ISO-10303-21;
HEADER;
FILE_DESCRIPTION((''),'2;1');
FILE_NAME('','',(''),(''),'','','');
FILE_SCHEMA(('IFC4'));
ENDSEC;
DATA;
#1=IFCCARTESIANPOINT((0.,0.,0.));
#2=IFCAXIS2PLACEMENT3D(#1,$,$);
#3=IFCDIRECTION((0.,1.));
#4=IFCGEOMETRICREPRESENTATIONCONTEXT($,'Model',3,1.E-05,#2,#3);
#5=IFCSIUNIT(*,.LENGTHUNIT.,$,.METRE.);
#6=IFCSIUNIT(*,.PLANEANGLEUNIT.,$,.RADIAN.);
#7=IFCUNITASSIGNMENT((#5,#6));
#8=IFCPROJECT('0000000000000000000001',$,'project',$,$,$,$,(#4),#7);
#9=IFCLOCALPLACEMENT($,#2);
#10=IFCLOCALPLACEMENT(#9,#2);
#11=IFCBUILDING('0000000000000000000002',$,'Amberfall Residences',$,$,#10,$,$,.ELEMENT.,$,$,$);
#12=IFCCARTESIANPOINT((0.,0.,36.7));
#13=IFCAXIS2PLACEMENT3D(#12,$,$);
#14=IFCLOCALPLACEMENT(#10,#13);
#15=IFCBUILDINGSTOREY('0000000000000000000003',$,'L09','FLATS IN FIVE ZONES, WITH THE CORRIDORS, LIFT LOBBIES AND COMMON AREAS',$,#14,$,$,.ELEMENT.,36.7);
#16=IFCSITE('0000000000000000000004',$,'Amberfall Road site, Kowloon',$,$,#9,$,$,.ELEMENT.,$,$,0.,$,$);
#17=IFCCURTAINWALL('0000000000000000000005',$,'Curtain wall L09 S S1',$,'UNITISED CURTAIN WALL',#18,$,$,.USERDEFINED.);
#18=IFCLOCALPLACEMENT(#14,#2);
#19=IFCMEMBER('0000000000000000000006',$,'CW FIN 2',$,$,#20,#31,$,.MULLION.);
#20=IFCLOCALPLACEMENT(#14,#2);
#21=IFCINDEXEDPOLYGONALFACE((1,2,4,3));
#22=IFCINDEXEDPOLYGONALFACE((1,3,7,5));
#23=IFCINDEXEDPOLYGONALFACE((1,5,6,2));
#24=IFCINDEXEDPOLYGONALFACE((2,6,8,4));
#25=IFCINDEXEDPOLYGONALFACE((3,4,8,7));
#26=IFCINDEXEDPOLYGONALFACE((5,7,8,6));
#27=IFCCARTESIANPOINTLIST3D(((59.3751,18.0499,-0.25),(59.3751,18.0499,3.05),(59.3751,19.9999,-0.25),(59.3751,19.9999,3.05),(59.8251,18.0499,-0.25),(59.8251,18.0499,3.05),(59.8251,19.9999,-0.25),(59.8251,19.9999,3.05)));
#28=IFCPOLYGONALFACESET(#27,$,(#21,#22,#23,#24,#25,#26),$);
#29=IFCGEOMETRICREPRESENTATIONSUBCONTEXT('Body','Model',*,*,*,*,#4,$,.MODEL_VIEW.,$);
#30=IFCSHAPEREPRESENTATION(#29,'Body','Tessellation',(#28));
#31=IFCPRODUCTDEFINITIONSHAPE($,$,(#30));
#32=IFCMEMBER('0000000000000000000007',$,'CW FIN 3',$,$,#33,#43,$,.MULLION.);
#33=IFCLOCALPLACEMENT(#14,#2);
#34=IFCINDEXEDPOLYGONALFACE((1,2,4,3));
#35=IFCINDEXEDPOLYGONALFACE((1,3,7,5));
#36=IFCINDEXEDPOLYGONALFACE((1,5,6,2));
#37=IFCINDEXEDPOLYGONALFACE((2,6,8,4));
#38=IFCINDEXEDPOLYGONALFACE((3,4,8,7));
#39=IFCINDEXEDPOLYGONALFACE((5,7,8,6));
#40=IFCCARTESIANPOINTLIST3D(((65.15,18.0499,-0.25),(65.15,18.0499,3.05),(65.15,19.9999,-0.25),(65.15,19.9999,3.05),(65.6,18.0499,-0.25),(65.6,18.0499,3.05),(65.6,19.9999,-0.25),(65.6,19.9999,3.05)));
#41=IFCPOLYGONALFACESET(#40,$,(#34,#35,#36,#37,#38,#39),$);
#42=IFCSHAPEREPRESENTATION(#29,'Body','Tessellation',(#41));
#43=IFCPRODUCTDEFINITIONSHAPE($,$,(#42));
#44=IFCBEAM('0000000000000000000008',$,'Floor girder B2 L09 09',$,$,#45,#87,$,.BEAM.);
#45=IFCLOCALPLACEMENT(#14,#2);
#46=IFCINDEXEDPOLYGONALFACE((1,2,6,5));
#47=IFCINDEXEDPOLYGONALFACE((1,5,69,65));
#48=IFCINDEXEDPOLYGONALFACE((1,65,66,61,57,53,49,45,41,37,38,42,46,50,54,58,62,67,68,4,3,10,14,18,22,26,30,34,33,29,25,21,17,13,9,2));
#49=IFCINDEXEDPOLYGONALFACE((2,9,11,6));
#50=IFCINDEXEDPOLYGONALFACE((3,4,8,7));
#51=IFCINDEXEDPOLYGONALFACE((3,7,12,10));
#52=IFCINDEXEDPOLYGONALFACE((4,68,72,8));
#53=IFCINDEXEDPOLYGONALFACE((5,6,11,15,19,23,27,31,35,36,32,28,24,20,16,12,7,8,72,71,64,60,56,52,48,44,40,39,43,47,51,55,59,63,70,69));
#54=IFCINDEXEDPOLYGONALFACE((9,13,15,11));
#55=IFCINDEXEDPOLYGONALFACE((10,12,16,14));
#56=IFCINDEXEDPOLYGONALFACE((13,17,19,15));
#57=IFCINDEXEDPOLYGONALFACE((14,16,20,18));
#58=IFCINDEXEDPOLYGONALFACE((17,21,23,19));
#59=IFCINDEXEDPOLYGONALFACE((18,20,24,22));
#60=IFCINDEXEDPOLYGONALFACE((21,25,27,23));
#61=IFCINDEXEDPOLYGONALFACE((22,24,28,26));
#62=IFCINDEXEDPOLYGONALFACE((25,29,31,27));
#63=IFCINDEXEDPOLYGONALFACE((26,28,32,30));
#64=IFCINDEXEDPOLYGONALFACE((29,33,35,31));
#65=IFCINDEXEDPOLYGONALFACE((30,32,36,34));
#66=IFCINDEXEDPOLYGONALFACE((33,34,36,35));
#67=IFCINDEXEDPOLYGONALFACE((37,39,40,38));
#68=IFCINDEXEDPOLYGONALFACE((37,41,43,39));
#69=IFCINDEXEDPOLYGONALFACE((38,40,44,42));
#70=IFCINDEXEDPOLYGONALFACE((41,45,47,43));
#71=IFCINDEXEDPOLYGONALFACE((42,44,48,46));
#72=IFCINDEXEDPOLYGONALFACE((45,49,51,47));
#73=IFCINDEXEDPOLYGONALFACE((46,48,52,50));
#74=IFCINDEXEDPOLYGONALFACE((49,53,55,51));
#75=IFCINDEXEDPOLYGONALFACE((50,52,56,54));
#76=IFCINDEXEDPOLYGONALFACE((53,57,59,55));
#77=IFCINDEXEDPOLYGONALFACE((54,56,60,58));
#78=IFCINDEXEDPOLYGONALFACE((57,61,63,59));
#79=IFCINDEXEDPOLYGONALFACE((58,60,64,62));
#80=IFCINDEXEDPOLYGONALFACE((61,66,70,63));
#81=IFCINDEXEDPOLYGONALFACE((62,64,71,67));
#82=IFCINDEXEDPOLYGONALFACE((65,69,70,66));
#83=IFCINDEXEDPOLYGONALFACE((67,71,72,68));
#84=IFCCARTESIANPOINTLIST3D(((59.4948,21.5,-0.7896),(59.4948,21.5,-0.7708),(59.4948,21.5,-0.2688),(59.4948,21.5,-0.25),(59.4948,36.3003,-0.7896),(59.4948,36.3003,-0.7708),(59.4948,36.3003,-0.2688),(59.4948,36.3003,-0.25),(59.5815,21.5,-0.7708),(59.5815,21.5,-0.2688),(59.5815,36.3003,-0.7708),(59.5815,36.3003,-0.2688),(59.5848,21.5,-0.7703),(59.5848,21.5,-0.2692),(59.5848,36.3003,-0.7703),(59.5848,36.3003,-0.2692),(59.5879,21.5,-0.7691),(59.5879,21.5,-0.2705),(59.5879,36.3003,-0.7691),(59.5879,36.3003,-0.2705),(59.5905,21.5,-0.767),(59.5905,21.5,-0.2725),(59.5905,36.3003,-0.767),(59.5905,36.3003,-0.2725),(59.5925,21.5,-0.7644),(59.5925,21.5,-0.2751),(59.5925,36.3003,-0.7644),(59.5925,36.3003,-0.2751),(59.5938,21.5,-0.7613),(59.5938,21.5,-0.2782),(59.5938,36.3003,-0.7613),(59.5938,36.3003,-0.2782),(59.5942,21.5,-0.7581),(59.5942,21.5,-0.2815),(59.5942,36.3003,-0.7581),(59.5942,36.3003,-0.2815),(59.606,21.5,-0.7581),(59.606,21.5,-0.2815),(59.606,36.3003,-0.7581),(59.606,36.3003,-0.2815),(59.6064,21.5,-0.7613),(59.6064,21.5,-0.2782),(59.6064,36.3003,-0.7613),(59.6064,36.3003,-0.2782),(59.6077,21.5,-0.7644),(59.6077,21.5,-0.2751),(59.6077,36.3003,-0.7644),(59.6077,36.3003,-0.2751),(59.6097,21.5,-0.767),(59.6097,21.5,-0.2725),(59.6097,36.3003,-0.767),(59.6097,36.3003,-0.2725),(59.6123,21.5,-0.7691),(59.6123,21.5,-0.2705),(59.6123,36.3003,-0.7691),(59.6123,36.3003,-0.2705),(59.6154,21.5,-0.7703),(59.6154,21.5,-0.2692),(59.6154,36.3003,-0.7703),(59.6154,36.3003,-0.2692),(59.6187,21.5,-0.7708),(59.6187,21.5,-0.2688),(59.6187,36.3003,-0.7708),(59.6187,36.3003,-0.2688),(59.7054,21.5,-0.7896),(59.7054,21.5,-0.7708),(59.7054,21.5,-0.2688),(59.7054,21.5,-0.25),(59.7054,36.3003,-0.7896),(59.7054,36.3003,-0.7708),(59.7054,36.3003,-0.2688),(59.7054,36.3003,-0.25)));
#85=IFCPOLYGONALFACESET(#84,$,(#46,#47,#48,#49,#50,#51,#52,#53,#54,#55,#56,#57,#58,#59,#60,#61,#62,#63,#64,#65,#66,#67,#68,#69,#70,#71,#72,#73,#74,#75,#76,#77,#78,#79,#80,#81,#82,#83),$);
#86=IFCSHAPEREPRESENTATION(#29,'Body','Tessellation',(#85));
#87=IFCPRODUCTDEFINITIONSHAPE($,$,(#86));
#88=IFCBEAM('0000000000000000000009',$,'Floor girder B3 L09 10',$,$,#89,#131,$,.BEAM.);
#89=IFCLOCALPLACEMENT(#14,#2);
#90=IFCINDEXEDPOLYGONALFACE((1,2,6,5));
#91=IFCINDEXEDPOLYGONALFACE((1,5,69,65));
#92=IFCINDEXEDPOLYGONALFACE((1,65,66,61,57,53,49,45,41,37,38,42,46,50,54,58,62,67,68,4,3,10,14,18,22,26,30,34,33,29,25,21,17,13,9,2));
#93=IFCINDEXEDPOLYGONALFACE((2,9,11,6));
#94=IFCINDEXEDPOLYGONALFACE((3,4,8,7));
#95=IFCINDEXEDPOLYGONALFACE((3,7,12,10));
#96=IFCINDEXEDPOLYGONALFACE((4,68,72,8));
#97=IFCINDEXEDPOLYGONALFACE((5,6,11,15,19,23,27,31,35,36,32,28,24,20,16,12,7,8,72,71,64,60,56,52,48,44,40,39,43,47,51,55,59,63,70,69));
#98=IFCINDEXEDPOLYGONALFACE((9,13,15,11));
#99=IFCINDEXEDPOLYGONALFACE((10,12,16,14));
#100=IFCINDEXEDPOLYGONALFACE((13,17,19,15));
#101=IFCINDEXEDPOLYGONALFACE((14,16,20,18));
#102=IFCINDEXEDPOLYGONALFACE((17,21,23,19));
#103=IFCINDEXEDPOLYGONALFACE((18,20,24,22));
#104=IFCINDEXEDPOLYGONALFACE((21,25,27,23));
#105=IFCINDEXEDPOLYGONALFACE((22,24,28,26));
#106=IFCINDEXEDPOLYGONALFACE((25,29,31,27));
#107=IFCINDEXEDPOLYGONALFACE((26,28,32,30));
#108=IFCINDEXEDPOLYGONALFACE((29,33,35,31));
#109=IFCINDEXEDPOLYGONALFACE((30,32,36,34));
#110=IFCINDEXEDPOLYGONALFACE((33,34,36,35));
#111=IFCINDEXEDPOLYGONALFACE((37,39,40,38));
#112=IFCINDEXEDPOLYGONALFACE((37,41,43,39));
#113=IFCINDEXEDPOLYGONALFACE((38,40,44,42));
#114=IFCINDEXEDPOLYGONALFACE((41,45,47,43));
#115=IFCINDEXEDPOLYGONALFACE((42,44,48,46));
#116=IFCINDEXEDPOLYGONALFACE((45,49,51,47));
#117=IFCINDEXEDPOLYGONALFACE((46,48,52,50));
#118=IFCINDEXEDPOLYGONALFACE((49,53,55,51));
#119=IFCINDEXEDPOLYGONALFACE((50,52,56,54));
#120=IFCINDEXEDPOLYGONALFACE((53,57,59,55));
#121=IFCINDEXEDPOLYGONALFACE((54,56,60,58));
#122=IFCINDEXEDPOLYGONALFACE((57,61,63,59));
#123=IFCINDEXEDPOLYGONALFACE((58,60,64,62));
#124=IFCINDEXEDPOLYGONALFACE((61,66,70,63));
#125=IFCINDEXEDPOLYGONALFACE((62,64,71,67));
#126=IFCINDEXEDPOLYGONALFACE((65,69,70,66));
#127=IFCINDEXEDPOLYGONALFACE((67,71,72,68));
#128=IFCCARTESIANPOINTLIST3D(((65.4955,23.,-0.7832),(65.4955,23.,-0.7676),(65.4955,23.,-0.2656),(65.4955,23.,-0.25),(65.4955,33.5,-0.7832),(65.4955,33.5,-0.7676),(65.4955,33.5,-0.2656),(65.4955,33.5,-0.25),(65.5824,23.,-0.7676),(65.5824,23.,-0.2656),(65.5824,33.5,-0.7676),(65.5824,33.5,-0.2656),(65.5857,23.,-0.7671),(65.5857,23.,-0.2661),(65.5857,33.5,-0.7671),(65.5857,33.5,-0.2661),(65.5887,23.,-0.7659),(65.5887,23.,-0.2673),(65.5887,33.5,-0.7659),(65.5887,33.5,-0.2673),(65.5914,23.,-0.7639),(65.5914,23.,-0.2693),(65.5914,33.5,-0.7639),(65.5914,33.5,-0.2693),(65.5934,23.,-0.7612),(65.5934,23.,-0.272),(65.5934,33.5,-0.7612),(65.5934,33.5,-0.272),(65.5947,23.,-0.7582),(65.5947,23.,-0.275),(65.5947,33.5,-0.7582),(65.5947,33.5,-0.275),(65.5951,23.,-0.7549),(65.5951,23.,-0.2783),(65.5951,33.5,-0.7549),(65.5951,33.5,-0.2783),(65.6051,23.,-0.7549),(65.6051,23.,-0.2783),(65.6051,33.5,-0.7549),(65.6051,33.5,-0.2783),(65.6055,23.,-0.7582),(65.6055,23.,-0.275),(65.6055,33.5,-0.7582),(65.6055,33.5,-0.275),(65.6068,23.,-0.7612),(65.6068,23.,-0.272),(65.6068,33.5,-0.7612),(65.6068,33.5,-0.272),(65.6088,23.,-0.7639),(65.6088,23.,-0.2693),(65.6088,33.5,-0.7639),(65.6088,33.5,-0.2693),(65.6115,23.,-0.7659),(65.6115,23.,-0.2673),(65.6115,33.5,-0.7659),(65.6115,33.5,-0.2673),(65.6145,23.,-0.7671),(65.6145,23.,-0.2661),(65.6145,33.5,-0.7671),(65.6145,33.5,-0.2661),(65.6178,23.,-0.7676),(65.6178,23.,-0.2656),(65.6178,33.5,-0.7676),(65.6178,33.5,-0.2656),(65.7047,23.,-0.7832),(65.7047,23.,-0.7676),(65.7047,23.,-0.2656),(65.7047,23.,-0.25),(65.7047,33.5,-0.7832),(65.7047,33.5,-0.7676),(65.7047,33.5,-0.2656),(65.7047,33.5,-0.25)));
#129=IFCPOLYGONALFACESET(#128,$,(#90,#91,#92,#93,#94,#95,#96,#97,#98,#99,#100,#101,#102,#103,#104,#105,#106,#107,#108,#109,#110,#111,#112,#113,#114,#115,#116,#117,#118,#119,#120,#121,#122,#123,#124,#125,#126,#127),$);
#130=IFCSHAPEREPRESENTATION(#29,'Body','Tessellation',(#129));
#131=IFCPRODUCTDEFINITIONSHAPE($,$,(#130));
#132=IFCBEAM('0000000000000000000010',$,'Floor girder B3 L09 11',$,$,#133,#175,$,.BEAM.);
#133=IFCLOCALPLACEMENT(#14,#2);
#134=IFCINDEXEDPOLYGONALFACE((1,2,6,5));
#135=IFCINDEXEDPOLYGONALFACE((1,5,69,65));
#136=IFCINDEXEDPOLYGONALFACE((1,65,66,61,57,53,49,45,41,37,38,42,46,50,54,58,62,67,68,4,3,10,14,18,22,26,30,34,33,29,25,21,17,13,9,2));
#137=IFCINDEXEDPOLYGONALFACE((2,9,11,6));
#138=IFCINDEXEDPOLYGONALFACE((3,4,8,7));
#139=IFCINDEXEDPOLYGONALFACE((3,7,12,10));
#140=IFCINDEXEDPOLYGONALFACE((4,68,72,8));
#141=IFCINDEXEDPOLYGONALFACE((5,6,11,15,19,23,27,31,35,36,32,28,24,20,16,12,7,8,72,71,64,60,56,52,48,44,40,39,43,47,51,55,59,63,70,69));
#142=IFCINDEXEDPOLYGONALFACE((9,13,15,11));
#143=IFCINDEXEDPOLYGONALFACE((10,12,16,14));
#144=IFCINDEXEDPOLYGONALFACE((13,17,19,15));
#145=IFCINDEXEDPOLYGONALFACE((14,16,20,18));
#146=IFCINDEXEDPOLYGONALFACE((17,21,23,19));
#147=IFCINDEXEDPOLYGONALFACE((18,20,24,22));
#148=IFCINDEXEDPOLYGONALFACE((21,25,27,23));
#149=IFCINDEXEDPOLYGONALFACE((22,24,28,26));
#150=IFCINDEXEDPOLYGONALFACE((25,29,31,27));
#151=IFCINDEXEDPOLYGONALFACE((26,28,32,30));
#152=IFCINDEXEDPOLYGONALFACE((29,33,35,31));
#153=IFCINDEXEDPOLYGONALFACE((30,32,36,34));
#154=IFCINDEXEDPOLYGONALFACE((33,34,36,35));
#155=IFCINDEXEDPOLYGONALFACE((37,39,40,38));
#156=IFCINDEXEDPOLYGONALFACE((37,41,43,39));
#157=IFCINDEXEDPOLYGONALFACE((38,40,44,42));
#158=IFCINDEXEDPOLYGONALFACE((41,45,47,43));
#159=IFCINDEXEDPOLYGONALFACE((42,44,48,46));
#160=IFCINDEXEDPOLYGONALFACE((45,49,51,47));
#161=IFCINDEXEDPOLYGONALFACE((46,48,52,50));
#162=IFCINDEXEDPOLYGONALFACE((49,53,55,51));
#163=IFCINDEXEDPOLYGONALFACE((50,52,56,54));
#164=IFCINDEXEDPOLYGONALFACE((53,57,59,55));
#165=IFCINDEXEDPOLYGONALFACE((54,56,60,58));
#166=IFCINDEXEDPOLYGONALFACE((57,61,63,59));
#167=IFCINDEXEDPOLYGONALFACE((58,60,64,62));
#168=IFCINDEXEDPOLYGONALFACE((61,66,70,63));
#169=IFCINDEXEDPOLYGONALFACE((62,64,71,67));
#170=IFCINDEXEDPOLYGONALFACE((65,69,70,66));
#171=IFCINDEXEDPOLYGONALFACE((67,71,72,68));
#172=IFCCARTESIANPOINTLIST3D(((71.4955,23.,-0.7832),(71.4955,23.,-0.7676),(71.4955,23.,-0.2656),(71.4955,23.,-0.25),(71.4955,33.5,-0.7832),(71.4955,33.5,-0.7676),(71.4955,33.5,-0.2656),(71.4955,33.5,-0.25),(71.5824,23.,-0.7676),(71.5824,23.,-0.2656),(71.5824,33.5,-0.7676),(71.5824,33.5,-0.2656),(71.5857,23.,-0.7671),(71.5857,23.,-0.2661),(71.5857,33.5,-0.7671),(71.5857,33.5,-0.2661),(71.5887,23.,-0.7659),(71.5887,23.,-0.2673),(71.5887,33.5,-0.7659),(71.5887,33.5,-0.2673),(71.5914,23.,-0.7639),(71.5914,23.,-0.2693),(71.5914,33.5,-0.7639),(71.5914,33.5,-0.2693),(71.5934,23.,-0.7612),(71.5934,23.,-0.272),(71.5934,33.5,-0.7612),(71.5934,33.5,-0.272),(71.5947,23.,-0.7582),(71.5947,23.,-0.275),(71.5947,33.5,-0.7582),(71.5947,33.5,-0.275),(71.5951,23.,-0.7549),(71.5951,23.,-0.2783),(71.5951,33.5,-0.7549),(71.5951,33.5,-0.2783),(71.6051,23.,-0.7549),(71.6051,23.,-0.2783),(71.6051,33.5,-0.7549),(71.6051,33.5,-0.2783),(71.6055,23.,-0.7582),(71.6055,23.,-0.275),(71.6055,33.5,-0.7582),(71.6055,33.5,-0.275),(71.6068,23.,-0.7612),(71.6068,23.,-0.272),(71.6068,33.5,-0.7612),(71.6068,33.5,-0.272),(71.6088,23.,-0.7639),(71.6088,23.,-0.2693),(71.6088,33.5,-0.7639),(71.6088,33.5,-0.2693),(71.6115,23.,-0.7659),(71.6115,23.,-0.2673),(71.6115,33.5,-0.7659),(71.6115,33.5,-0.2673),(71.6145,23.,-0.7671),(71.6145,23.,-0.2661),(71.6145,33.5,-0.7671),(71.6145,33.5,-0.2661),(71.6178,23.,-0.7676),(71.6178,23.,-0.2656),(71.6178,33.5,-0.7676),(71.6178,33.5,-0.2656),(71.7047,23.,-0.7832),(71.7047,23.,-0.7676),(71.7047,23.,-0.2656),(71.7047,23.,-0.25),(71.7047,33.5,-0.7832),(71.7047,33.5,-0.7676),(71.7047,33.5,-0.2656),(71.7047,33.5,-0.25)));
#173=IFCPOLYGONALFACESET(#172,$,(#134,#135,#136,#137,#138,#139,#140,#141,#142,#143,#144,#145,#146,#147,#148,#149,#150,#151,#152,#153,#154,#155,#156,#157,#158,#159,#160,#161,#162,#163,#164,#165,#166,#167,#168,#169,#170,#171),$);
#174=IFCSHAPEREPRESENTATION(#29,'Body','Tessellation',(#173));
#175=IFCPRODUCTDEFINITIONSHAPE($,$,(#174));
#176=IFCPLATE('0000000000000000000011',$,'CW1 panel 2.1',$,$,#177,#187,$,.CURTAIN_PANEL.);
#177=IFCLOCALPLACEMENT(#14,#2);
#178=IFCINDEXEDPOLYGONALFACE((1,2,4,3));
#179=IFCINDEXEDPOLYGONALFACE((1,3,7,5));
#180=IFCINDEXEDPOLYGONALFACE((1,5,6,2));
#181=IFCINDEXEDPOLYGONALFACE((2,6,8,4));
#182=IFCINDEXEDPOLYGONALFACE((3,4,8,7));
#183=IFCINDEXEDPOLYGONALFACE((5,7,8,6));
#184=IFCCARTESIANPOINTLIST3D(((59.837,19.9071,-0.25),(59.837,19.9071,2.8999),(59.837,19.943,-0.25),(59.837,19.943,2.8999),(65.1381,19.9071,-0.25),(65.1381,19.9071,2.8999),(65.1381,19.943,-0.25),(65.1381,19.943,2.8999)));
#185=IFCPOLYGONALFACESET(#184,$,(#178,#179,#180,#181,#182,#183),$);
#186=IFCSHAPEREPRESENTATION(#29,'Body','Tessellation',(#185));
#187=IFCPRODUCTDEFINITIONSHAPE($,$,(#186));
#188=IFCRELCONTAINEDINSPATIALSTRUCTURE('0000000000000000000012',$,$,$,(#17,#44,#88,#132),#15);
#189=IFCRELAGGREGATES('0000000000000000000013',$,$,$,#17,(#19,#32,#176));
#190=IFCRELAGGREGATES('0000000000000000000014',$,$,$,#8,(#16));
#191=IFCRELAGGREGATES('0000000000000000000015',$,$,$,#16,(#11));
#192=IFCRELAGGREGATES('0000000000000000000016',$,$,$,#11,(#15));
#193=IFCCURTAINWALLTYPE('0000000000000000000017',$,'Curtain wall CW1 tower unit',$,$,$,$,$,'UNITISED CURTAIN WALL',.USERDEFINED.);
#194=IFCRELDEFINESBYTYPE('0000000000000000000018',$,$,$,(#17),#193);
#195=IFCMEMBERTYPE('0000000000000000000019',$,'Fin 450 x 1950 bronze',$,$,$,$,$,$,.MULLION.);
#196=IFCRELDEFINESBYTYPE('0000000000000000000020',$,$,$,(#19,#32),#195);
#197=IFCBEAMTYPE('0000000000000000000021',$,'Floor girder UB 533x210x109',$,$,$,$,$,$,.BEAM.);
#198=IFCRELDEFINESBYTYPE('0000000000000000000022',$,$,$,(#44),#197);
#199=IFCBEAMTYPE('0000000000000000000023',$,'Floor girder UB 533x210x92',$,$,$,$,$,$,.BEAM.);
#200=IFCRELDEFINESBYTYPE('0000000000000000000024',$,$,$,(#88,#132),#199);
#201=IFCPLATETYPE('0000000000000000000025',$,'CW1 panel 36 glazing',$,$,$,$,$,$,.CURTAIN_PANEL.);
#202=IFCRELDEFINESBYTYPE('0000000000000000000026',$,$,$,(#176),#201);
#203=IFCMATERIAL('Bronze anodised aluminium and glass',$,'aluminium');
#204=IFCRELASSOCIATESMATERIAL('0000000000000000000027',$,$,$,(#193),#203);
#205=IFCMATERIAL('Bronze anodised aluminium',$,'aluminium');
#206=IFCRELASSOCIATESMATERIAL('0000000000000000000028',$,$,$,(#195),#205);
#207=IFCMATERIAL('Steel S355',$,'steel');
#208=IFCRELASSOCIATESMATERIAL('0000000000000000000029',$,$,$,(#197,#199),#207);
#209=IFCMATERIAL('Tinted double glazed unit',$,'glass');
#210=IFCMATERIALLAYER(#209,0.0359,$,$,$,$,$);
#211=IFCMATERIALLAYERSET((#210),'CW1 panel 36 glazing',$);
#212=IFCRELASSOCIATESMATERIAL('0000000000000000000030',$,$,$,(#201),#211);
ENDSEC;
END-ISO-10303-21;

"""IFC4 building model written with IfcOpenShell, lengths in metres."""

from ifc_helpers import new_model, si_unit, direction, frame, origin, origin_2d, place, context, subcontext, project, spatial, rectangle, i_section, extrude, material, layer, layer_set, material_profile, profile_set, type_object, element, aggregate, save


model = new_model("IFC4")

# Units and contexts
model_context = context("Model", 3, precision=1e-05, world=origin(), true_north=direction((0.0, 1.0)))
body_context = subcontext(model_context, "Body", "Model", "MODEL_VIEW")
ifc_project = project(units=[si_unit("LENGTHUNIT", "METRE"), si_unit("PLANEANGLEUNIT", "RADIAN")], contexts=[model_context])

# Site, building, storey
site_placement = place(None, origin())
site = spatial("IfcSite", under=ifc_project, at=site_placement, Name="Amberfall Road site, Kowloon", CompositionType="ELEMENT", RefElevation=0.0)
building_placement = place(site_placement, origin())
building = spatial("IfcBuilding", under=site, at=building_placement, Name="Amberfall Residences", CompositionType="ELEMENT")
storey_placement = place(building_placement, frame((0.0, 0.0, 36.7)))
storey = spatial("IfcBuildingStorey", under=building, at=storey_placement, Name="L09", Description="FLATS IN FIVE ZONES, WITH THE CORRIDORS, LIFT LOBBIES AND COMMON AREAS", CompositionType="ELEMENT", Elevation=36.7)

# Curtain wall
ifc_material_1 = material(Name="Bronze anodised aluminium and glass", Category="aluminium")
curtain_wall_type = type_object("IfcCurtainWallType", Name="Curtain wall CW1 tower unit", ElementType="UNITISED CURTAIN WALL", PredefinedType="USERDEFINED", material=ifc_material_1)
curtain_wall_placement = place(storey_placement, origin())
curtain_wall = element("IfcCurtainWall", 1, at=curtain_wall_placement, inside=storey, type_object=curtain_wall_type, Name="Curtain wall L09 S S1", ObjectType="UNITISED CURTAIN WALL", PredefinedType="USERDEFINED")
ifc_material_2 = material(Name="Bronze anodised aluminium", Category="aluminium")

# Shared definitions
ifc_material_3 = material(Name="Steel S355", Category="steel")

# Members
ifc_material_profile_1 = material_profile(ifc_material_2, rectangle(XDim=1.95, YDim=0.45, at=origin_2d()), Name="Fin 450 x 1950 bronze")
ifc_profile_set_1 = profile_set([ifc_material_profile_1], Name="Bronze anodised aluminium")
member_type_1 = type_object("IfcMemberType", Name="Fin 450 x 1950 bronze", PredefinedType="MULLION", material=ifc_profile_set_1)
member_1_placement = place(storey_placement, frame((59.6001, 19.0249, -0.25), z_axis=(0.0, 0.0, 1.0), x_axis=(0.0, 1.0, 0.0)))
member_1 = element("IfcMember", 2, at=member_1_placement, type_object=member_type_1, Name="CW FIN 2", PredefinedType="MULLION", context=body_context, shape_type="SweptSolid", body=[
    extrude(rectangle(XDim=1.95, YDim=0.45, at=origin_2d()), origin(), (0.0, 0.0, 1.0), 3.3),
])
member_2_placement = place(storey_placement, frame((65.375, 19.0249, -0.25), z_axis=(0.0, 0.0, 1.0), x_axis=(0.0, 1.0, 0.0)))
member_2 = element("IfcMember", 3, at=member_2_placement, type_object=member_type_1, Name="CW FIN 3", PredefinedType="MULLION", context=body_context, shape_type="SweptSolid", body=[
    extrude(rectangle(XDim=1.95, YDim=0.45, at=origin_2d()), origin(), (0.0, 0.0, 1.0), 3.3),
])

# Beams
ifc_material_profile_2 = material_profile(ifc_material_3, i_section(OverallWidth=0.2107, OverallDepth=0.5396, WebThickness=0.0117, FlangeThickness=0.0188, FilletRadius=0.0127, at=origin_2d()), Name="UB 533x210x109")
ifc_profile_set_2 = profile_set([ifc_material_profile_2], Name="Steel S355")
beam_type_1 = type_object("IfcBeamType", Name="Floor girder UB 533x210x109", PredefinedType="BEAM", material=ifc_profile_set_2)
beam_1_placement = place(storey_placement, frame((59.6001, 21.5, -0.5198), z_axis=(0.0, 1.0, 0.0), x_axis=(-1.0, 0.0, 0.0)))
element("IfcBeam", 4, at=beam_1_placement, inside=storey, type_object=beam_type_1, Name="Floor girder B2 L09 09", PredefinedType="BEAM", context=body_context, shape_type="SweptSolid", body=[
    extrude(i_section(OverallWidth=0.2107, OverallDepth=0.5396, WebThickness=0.0117, FlangeThickness=0.0188, FilletRadius=0.0127, at=origin_2d()), origin(), (0.0, 0.0, 1.0), 14.8003),
])
ifc_material_profile_3 = material_profile(ifc_material_3, i_section(OverallWidth=0.2092, OverallDepth=0.5332, WebThickness=0.01, FlangeThickness=0.0156, FilletRadius=0.0127, at=origin_2d()), Name="UB 533x210x92")
ifc_profile_set_3 = profile_set([ifc_material_profile_3], Name="Steel S355")
beam_type_2 = type_object("IfcBeamType", Name="Floor girder UB 533x210x92", PredefinedType="BEAM", material=ifc_profile_set_3)
for number, where, z_axis, x_axis, name in (
    (5, (65.6001, 23.0, -0.5166), (0.0, 1.0, 0.0), (-1.0, 0.0, 0.0), "Floor girder B3 L09 10"),
    (6, (71.6001, 23.0, -0.5166), (0.0, 1.0, 0.0), (-1.0, 0.0, 0.0), "Floor girder B3 L09 11"),
):
    element("IfcBeam", number, at=place(storey_placement, frame(where, z_axis=z_axis, x_axis=x_axis)), inside=storey, type_object=beam_type_2, Name=name, PredefinedType="BEAM", context=body_context, shape_type="SweptSolid", body=[
        extrude(i_section(OverallWidth=0.2092, OverallDepth=0.5332, WebThickness=0.01, FlangeThickness=0.0156, FilletRadius=0.0127, at=origin_2d()), origin(), (0.0, 0.0, 1.0), 10.5),
    ])

# Plate
ifc_material_4 = material(Name="Tinted double glazed unit", Category="glass")
ifc_layer_1 = layer(ifc_material_4, 0.0359)
ifc_layer_set_1 = layer_set([ifc_layer_1], Name="CW1 panel 36 glazing")
plate_type = type_object("IfcPlateType", Name="CW1 panel 36 glazing", PredefinedType="CURTAIN_PANEL", material=ifc_layer_set_1)
plate_placement = place(storey_placement, frame((62.4875, 19.925, -0.25), z_axis=(0.0, 0.0, 1.0), x_axis=(1.0, 0.0, 0.0)))
plate = element("IfcPlate", 7, at=plate_placement, type_object=plate_type, Name="CW1 panel 2.1", PredefinedType="CURTAIN_PANEL", context=body_context, shape_type="SweptSolid", body=[
    extrude(rectangle(XDim=5.301, YDim=0.0359, at=origin_2d()), origin(), (0.0, 0.0, 1.0), 3.1499),
])
aggregate(curtain_wall, [member_1, member_2, plate])

save(model, "model.ifc")
